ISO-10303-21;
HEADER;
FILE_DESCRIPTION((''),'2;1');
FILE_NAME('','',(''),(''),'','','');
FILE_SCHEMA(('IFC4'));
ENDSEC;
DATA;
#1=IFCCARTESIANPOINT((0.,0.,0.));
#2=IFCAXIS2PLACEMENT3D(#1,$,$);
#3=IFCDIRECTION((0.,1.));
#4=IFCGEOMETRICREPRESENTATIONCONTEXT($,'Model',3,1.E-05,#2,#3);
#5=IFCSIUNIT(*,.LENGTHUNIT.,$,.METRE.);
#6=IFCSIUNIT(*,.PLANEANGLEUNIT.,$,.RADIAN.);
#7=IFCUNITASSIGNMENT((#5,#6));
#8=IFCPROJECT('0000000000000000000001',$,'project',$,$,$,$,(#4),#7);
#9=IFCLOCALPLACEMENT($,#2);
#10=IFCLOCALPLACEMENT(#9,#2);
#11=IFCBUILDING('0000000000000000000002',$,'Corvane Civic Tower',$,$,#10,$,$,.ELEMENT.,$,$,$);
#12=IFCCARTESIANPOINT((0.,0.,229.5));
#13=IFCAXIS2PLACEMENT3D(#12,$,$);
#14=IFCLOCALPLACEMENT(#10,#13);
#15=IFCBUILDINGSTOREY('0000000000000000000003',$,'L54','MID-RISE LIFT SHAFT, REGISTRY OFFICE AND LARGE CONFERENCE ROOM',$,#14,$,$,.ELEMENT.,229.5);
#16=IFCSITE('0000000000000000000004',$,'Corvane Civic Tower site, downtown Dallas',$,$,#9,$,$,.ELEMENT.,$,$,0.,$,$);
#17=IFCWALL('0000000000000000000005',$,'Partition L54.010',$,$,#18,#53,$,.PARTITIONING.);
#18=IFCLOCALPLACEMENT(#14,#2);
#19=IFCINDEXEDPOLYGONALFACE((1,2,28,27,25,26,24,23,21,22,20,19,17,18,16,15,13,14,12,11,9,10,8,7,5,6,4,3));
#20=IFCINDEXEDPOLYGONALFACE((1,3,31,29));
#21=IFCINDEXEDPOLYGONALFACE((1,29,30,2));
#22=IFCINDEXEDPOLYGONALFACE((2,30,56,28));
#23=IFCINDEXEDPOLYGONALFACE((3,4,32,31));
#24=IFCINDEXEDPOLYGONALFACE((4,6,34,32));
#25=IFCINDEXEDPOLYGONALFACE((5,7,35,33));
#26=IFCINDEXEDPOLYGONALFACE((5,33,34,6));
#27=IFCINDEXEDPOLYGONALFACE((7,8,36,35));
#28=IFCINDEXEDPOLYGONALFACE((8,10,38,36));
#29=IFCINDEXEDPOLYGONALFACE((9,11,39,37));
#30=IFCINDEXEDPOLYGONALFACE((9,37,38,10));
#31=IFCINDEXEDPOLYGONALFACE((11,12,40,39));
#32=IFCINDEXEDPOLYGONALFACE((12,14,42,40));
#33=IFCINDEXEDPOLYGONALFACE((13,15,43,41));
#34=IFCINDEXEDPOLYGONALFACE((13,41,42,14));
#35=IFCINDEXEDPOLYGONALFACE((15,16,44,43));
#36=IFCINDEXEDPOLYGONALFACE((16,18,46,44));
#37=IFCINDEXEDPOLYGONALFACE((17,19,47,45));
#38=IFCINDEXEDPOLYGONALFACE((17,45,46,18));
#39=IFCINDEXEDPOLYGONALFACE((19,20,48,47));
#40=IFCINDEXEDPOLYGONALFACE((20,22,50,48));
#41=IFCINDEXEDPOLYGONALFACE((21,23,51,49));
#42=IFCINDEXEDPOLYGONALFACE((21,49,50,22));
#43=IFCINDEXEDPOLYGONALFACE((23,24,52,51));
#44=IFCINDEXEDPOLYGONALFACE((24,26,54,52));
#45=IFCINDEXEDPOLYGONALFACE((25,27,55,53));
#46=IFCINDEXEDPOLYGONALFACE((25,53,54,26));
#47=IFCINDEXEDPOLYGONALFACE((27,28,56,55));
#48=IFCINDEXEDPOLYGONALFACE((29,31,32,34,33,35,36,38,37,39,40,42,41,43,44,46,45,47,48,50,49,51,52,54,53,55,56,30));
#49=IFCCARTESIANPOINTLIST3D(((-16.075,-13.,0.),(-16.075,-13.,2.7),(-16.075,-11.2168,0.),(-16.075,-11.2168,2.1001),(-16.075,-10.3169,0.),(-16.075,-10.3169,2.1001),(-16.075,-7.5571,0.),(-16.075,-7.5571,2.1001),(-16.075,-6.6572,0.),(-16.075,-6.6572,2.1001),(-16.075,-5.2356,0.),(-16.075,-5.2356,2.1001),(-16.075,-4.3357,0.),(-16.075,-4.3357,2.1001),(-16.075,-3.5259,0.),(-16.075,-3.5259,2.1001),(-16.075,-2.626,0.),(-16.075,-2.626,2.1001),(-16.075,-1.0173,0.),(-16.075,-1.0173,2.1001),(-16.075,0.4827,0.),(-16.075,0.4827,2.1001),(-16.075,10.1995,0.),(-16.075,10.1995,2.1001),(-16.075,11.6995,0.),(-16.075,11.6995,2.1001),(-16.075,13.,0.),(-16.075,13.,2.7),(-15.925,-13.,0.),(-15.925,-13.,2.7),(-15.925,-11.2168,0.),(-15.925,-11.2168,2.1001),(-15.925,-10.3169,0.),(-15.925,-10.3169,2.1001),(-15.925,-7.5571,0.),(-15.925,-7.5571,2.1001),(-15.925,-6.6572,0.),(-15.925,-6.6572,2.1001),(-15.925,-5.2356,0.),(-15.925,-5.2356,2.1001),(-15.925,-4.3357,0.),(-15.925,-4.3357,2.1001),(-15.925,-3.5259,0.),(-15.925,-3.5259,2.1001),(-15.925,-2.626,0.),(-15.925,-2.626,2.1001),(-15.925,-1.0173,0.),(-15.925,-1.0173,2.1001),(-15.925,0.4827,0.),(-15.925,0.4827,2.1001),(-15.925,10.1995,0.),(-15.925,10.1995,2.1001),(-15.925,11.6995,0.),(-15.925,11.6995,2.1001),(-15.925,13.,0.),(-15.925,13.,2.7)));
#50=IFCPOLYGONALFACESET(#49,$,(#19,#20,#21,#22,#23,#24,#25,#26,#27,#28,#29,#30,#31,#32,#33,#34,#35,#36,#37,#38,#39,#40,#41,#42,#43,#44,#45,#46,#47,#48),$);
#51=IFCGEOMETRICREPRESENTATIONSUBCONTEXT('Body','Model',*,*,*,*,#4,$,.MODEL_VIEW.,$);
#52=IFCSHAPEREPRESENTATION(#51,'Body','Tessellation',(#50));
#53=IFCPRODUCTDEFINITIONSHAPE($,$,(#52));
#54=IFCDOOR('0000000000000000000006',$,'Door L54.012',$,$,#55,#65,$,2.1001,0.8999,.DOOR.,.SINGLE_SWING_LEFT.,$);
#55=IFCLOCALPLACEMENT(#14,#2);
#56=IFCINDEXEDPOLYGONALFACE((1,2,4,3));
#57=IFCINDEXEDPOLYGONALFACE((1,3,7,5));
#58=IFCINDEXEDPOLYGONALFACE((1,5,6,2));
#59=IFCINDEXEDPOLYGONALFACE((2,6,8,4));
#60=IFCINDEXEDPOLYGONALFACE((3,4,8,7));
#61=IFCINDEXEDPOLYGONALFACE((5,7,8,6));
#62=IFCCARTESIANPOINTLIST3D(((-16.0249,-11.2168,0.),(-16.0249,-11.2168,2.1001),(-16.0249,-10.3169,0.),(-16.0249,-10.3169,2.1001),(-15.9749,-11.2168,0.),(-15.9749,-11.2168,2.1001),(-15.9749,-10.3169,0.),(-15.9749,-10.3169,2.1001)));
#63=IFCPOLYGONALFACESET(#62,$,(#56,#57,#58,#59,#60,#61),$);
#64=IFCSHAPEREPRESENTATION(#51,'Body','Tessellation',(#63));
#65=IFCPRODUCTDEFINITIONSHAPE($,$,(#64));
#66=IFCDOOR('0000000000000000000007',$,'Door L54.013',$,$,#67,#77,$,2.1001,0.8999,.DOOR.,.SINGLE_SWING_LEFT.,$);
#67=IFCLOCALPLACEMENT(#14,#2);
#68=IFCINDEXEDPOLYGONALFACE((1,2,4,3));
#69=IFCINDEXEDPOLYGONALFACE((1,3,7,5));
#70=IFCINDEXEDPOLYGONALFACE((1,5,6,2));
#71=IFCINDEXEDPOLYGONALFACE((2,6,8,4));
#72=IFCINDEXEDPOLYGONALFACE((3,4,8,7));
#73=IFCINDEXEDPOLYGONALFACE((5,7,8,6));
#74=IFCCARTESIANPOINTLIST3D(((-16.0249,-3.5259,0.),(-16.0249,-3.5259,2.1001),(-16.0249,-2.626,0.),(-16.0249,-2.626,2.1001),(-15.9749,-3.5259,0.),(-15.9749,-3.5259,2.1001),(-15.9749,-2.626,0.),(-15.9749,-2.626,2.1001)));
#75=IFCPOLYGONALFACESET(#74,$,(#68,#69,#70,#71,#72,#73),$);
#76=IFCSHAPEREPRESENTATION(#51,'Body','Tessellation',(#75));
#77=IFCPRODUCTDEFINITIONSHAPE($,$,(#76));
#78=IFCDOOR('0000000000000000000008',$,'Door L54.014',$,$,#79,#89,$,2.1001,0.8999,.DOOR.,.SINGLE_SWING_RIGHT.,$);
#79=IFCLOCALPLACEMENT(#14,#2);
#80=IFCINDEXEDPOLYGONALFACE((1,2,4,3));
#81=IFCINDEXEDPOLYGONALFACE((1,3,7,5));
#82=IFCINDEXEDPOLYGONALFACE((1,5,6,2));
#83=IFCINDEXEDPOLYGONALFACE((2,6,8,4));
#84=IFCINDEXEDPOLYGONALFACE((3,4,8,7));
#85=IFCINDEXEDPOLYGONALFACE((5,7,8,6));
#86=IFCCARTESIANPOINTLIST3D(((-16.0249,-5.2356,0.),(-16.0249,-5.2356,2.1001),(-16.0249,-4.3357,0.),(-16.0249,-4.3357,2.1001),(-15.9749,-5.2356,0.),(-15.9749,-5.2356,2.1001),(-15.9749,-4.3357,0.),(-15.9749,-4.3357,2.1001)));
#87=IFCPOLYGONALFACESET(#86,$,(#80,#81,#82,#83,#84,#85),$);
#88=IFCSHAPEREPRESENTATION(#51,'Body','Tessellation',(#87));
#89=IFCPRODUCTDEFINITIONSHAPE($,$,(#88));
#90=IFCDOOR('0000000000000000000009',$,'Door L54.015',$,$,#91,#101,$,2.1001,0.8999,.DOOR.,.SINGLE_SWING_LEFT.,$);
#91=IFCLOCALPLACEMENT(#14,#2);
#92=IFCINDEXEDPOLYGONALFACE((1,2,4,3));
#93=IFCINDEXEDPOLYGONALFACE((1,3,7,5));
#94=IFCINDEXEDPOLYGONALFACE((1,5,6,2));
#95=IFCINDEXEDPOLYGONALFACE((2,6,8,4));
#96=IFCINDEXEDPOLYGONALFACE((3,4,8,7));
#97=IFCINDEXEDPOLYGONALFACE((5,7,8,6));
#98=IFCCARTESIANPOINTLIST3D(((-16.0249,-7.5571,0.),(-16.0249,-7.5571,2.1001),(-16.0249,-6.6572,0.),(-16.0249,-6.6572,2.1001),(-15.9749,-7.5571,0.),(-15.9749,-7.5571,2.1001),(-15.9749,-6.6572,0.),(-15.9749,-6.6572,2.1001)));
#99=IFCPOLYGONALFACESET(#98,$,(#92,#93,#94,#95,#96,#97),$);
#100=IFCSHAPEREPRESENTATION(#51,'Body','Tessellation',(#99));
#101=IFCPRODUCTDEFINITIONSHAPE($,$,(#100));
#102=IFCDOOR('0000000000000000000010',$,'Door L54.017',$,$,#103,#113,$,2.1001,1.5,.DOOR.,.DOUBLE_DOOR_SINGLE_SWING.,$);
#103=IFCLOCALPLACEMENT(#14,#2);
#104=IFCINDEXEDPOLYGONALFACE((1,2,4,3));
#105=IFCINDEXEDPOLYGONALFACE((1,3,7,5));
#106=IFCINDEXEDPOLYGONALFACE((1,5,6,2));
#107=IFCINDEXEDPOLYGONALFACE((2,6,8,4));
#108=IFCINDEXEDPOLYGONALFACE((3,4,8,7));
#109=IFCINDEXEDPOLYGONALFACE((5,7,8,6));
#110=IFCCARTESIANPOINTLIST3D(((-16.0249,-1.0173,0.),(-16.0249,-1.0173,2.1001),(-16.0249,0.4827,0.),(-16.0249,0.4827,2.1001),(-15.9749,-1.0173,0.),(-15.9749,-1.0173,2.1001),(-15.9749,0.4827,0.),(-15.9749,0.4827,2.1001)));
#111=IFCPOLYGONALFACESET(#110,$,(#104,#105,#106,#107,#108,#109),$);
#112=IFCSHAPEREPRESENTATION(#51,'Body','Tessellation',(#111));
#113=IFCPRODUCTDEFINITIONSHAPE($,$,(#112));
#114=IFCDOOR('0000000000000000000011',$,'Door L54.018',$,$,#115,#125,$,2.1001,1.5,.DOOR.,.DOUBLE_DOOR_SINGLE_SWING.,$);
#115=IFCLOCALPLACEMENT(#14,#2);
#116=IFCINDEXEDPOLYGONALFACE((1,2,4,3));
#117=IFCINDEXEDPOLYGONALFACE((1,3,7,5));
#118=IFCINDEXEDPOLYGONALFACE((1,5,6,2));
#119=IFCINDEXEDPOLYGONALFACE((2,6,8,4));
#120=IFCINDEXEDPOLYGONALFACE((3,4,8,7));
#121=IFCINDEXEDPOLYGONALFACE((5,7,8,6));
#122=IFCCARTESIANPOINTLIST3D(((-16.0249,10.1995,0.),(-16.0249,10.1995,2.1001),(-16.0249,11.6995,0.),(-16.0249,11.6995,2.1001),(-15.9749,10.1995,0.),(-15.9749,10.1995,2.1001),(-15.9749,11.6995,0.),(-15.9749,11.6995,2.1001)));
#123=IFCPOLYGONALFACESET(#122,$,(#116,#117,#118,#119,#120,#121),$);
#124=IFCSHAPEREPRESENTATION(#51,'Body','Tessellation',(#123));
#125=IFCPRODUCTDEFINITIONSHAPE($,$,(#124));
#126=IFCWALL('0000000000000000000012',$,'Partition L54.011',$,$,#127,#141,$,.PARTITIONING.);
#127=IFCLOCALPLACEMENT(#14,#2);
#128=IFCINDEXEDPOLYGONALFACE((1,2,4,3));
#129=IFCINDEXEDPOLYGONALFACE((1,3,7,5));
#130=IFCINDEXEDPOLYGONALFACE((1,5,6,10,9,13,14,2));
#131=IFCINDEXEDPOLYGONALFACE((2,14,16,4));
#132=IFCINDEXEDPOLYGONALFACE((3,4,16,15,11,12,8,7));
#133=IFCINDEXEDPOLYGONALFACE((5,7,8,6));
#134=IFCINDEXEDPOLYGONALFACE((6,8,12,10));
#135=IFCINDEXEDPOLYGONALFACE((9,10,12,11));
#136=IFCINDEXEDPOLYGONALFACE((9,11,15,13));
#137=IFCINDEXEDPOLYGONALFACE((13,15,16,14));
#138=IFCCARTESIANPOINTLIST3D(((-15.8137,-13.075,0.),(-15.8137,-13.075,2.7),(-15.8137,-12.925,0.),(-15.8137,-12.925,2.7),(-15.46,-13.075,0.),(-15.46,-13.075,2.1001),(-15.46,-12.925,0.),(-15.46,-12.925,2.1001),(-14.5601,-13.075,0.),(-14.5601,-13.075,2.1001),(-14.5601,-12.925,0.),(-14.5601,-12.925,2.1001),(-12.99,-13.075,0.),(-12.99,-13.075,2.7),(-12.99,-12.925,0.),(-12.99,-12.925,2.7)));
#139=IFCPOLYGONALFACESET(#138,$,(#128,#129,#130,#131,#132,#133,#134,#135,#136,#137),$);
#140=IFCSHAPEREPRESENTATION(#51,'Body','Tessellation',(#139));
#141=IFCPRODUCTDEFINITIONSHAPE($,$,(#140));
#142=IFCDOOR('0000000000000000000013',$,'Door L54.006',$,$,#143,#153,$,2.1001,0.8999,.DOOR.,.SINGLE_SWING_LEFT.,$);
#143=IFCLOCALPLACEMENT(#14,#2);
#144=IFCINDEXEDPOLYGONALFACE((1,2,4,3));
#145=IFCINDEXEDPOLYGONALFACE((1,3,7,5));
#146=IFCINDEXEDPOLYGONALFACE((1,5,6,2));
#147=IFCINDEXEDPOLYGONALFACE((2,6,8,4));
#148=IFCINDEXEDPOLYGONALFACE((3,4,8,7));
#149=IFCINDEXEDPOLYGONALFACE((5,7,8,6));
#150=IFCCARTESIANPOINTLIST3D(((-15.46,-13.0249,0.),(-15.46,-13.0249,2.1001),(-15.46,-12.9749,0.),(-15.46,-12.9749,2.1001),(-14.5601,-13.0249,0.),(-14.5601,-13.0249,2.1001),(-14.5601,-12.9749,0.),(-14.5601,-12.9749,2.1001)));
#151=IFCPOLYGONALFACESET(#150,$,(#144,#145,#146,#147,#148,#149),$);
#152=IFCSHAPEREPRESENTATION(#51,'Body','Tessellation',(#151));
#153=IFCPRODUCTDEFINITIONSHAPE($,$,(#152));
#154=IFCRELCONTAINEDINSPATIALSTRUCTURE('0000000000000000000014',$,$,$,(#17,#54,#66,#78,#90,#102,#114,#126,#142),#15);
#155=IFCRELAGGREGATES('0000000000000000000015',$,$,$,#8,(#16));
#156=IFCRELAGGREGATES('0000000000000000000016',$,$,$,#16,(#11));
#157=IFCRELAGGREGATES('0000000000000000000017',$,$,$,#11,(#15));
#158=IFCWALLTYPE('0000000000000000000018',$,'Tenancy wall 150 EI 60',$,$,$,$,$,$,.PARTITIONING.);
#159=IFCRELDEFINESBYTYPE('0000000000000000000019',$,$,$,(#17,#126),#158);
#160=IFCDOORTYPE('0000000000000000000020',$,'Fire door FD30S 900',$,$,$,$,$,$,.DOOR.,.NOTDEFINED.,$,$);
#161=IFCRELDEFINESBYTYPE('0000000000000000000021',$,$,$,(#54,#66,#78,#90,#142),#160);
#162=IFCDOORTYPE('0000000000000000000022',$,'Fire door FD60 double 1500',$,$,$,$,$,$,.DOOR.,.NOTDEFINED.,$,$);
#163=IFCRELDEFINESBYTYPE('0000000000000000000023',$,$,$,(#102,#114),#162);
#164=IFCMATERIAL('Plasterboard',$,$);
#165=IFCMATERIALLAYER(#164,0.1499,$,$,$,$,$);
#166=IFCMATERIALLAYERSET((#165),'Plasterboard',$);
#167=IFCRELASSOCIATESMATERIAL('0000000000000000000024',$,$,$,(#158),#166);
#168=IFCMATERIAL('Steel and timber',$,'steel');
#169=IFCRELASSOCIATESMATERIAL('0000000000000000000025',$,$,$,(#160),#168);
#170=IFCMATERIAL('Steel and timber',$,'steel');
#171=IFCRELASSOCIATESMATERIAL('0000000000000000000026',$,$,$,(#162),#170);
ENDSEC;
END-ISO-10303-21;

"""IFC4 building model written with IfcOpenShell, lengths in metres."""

from ifc_helpers import new_model, si_unit, direction, frame, frame_2d, origin, place, context, subcontext, project, spatial, rectangle, extrude, material, layer, layer_set, type_object, element, fill, save


model = new_model("IFC4")

# Units and contexts
model_context = context("Model", 3, precision=1e-05, world=origin(), true_north=direction((0.0, 1.0)))
body_context = subcontext(model_context, "Body", "Model", "MODEL_VIEW")
ifc_project = project(units=[si_unit("LENGTHUNIT", "METRE"), si_unit("PLANEANGLEUNIT", "RADIAN")], contexts=[model_context])

# Site, building, storey
site_placement = place(None, origin())
site = spatial("IfcSite", under=ifc_project, at=site_placement, Name="Corvane Civic Tower site, downtown Dallas", CompositionType="ELEMENT", RefElevation=0.0)
building_placement = place(site_placement, origin())
building = spatial("IfcBuilding", under=site, at=building_placement, Name="Corvane Civic Tower", CompositionType="ELEMENT")
storey_placement = place(building_placement, frame((0.0, 0.0, 229.5)))
storey = spatial("IfcBuildingStorey", under=building, at=storey_placement, Name="L54", Description="MID-RISE LIFT SHAFT, REGISTRY OFFICE AND LARGE CONFERENCE ROOM", CompositionType="ELEMENT", Elevation=229.5)

# Wall, openings, doors
ifc_material_1 = material(Name="Plasterboard")
ifc_layer_1 = layer(ifc_material_1, 0.1499)
ifc_layer_set_1 = layer_set([ifc_layer_1], Name="Plasterboard")
wall_type_1 = type_object("IfcWallType", Name="Tenancy wall 150 EI 60", PredefinedType="PARTITIONING", material=ifc_layer_set_1)
wall_1_placement = place(storey_placement, frame((-16.0, -13.0, 0.0), z_axis=(0.0, 0.0, 1.0), x_axis=(0.0, 1.0, 0.0)))
wall_1 = element("IfcWall", 1, at=wall_1_placement, inside=storey, type_object=wall_type_1, Name="Partition L54.010", PredefinedType="PARTITIONING", context=body_context, shape_type="SweptSolid", body=[
    extrude(rectangle(XDim=26.0, YDim=0.1499, at=frame_2d((13.0, 0.0))), origin(), (0.0, 0.0, 1.0), 2.7),
])
opening_1_placement = place(wall_1_placement, frame((1.7832, 0.0, 0.0)))
opening_1 = element("IfcOpeningElement", 2, at=opening_1_placement, cuts=wall_1, PredefinedType="OPENING", context=body_context, shape_type="SweptSolid", body=[
    extrude(rectangle(XDim=0.8999, YDim=2.1001, at=frame_2d((0.45, 1.05))), frame((0.0, 0.085, 0.0), z_axis=(0.0, -1.0, 0.0), x_axis=(1.0, 0.0, 0.0)), (0.0, 0.0, 1.0), 0.1699),
])
opening_2_placement = place(wall_1_placement, frame((9.4741, 0.0, 0.0)))
opening_2 = element("IfcOpeningElement", 3, at=opening_2_placement, cuts=wall_1, PredefinedType="OPENING", context=body_context, shape_type="SweptSolid", body=[
    extrude(rectangle(XDim=0.8999, YDim=2.1001, at=frame_2d((0.45, 1.05))), frame((0.0, 0.085, 0.0), z_axis=(0.0, -1.0, 0.0), x_axis=(1.0, 0.0, 0.0)), (0.0, 0.0, 1.0), 0.1699),
])
opening_3_placement = place(wall_1_placement, frame((7.7644, 0.0, 0.0)))
opening_3 = element("IfcOpeningElement", 4, at=opening_3_placement, cuts=wall_1, PredefinedType="OPENING", context=body_context, shape_type="SweptSolid", body=[
    extrude(rectangle(XDim=0.8999, YDim=2.1001, at=frame_2d((0.45, 1.05))), frame((0.0, 0.085, 0.0), z_axis=(0.0, -1.0, 0.0), x_axis=(1.0, 0.0, 0.0)), (0.0, 0.0, 1.0), 0.1699),
])
opening_4_placement = place(wall_1_placement, frame((5.4429, 0.0, 0.0)))
opening_4 = element("IfcOpeningElement", 5, at=opening_4_placement, cuts=wall_1, PredefinedType="OPENING", context=body_context, shape_type="SweptSolid", body=[
    extrude(rectangle(XDim=0.8999, YDim=2.1001, at=frame_2d((0.45, 1.05))), frame((0.0, 0.085, 0.0), z_axis=(0.0, -1.0, 0.0), x_axis=(1.0, 0.0, 0.0)), (0.0, 0.0, 1.0), 0.1699),
])
opening_5_placement = place(wall_1_placement, frame((11.9827, 0.0, 0.0)))
opening_5 = element("IfcOpeningElement", 6, at=opening_5_placement, cuts=wall_1, PredefinedType="OPENING", context=body_context, shape_type="SweptSolid", body=[
    extrude(rectangle(XDim=1.5, YDim=2.1001, at=frame_2d((0.75, 1.05))), frame((0.0, 0.085, 0.0), z_axis=(0.0, -1.0, 0.0), x_axis=(1.0, 0.0, 0.0)), (0.0, 0.0, 1.0), 0.1699),
])
opening_6_placement = place(wall_1_placement, frame((23.1995, 0.0, 0.0)))
opening_6 = element("IfcOpeningElement", 7, at=opening_6_placement, cuts=wall_1, PredefinedType="OPENING", context=body_context, shape_type="SweptSolid", body=[
    extrude(rectangle(XDim=1.5, YDim=2.1001, at=frame_2d((0.75, 1.05))), frame((0.0, 0.085, 0.0), z_axis=(0.0, -1.0, 0.0), x_axis=(1.0, 0.0, 0.0)), (0.0, 0.0, 1.0), 0.1699),
])
ifc_material_2 = material(Name="Steel and timber", Category="steel")
door_type_1 = type_object("IfcDoorType", Name="Fire door FD30S 900", OperationType="NOTDEFINED", PredefinedType="DOOR", material=ifc_material_2)
door_1_placement = place(opening_1_placement, origin())
door_1 = element("IfcDoor", 8, at=door_1_placement, inside=storey, type_object=door_type_1, Name="Door L54.012", OperationType="SINGLE_SWING_LEFT", OverallHeight=2.1001, OverallWidth=0.8999, PredefinedType="DOOR", context=body_context, shape_type="SweptSolid", body=[
    extrude(rectangle(XDim=0.8999, YDim=2.1001, at=frame_2d((0.45, 1.05))), frame((0.0, 0.0249, 0.0), z_axis=(0.0, -1.0, 0.0), x_axis=(1.0, 0.0, 0.0)), (0.0, 0.0, 1.0), 0.05),
])
fill(opening_1, door_1)
door_2_placement = place(opening_2_placement, origin())
door_2 = element("IfcDoor", 9, at=door_2_placement, inside=storey, type_object=door_type_1, Name="Door L54.013", OperationType="SINGLE_SWING_LEFT", OverallHeight=2.1001, OverallWidth=0.8999, PredefinedType="DOOR", context=body_context, shape_type="SweptSolid", body=[
    extrude(rectangle(XDim=0.8999, YDim=2.1001, at=frame_2d((0.45, 1.05))), frame((0.0, 0.0249, 0.0), z_axis=(0.0, -1.0, 0.0), x_axis=(1.0, 0.0, 0.0)), (0.0, 0.0, 1.0), 0.05),
])
fill(opening_2, door_2)
door_3_placement = place(opening_3_placement, origin())
door_3 = element("IfcDoor", 10, at=door_3_placement, inside=storey, type_object=door_type_1, Name="Door L54.014", OperationType="SINGLE_SWING_RIGHT", OverallHeight=2.1001, OverallWidth=0.8999, PredefinedType="DOOR", context=body_context, shape_type="SweptSolid", body=[
    extrude(rectangle(XDim=0.8999, YDim=2.1001, at=frame_2d((0.45, 1.05))), frame((0.0, 0.0249, 0.0), z_axis=(0.0, -1.0, 0.0), x_axis=(1.0, 0.0, 0.0)), (0.0, 0.0, 1.0), 0.05),
])
fill(opening_3, door_3)
door_4_placement = place(opening_4_placement, origin())
door_4 = element("IfcDoor", 11, at=door_4_placement, inside=storey, type_object=door_type_1, Name="Door L54.015", OperationType="SINGLE_SWING_LEFT", OverallHeight=2.1001, OverallWidth=0.8999, PredefinedType="DOOR", context=body_context, shape_type="SweptSolid", body=[
    extrude(rectangle(XDim=0.8999, YDim=2.1001, at=frame_2d((0.45, 1.05))), frame((0.0, 0.0249, 0.0), z_axis=(0.0, -1.0, 0.0), x_axis=(1.0, 0.0, 0.0)), (0.0, 0.0, 1.0), 0.05),
])
fill(opening_4, door_4)
ifc_material_3 = material(Name="Steel and timber", Category="steel")
door_type_2 = type_object("IfcDoorType", Name="Fire door FD60 double 1500", OperationType="NOTDEFINED", PredefinedType="DOOR", material=ifc_material_3)
door_5_placement = place(opening_5_placement, origin())
door_5 = element("IfcDoor", 12, at=door_5_placement, inside=storey, type_object=door_type_2, Name="Door L54.017", OperationType="DOUBLE_DOOR_SINGLE_SWING", OverallHeight=2.1001, OverallWidth=1.5, PredefinedType="DOOR", context=body_context, shape_type="SweptSolid", body=[
    extrude(rectangle(XDim=1.5, YDim=2.1001, at=frame_2d((0.75, 1.05))), frame((0.0, 0.0249, 0.0), z_axis=(0.0, -1.0, 0.0), x_axis=(1.0, 0.0, 0.0)), (0.0, 0.0, 1.0), 0.05),
])
fill(opening_5, door_5)
door_6_placement = place(opening_6_placement, origin())
door_6 = element("IfcDoor", 13, at=door_6_placement, inside=storey, type_object=door_type_2, Name="Door L54.018", OperationType="DOUBLE_DOOR_SINGLE_SWING", OverallHeight=2.1001, OverallWidth=1.5, PredefinedType="DOOR", context=body_context, shape_type="SweptSolid", body=[
    extrude(rectangle(XDim=1.5, YDim=2.1001, at=frame_2d((0.75, 1.05))), frame((0.0, 0.0249, 0.0), z_axis=(0.0, -1.0, 0.0), x_axis=(1.0, 0.0, 0.0)), (0.0, 0.0, 1.0), 0.05),
])
fill(opening_6, door_6)

# Wall, opening, door
wall_2_placement = place(storey_placement, frame((-15.8137, -13.0, 0.0), z_axis=(0.0, 0.0, 1.0), x_axis=(1.0, 0.0, 0.0)))
wall_2 = element("IfcWall", 14, at=wall_2_placement, inside=storey, type_object=wall_type_1, Name="Partition L54.011", PredefinedType="PARTITIONING", context=body_context, shape_type="SweptSolid", body=[
    extrude(rectangle(XDim=2.8237, YDim=0.1499, at=frame_2d((1.4119, 0.0))), origin(), (0.0, 0.0, 1.0), 2.7),
])
opening_7_placement = place(wall_2_placement, frame((0.3538, 0.0, 0.0)))
opening_7 = element("IfcOpeningElement", 15, at=opening_7_placement, cuts=wall_2, PredefinedType="OPENING", context=body_context, shape_type="SweptSolid", body=[
    extrude(rectangle(XDim=0.8999, YDim=2.1001, at=frame_2d((0.45, 1.05))), frame((0.0, 0.085, 0.0), z_axis=(0.0, -1.0, 0.0), x_axis=(1.0, 0.0, 0.0)), (0.0, 0.0, 1.0), 0.1699),
])
door_7_placement = place(opening_7_placement, frame((0.8999, 0.0, 0.0), z_axis=(0.0, 0.0, 1.0), x_axis=(-1.0, 0.0, 0.0)))
door_7 = element("IfcDoor", 16, at=door_7_placement, inside=storey, type_object=door_type_1, Name="Door L54.006", OperationType="SINGLE_SWING_LEFT", OverallHeight=2.1001, OverallWidth=0.8999, PredefinedType="DOOR", context=body_context, shape_type="SweptSolid", body=[
    extrude(rectangle(XDim=0.8999, YDim=2.1001, at=frame_2d((0.45, 1.05))), frame((0.0, 0.0249, 0.0), z_axis=(0.0, -1.0, 0.0), x_axis=(1.0, 0.0, 0.0)), (0.0, 0.0, 1.0), 0.05),
])
fill(opening_7, door_7)

save(model, "model.ifc")
